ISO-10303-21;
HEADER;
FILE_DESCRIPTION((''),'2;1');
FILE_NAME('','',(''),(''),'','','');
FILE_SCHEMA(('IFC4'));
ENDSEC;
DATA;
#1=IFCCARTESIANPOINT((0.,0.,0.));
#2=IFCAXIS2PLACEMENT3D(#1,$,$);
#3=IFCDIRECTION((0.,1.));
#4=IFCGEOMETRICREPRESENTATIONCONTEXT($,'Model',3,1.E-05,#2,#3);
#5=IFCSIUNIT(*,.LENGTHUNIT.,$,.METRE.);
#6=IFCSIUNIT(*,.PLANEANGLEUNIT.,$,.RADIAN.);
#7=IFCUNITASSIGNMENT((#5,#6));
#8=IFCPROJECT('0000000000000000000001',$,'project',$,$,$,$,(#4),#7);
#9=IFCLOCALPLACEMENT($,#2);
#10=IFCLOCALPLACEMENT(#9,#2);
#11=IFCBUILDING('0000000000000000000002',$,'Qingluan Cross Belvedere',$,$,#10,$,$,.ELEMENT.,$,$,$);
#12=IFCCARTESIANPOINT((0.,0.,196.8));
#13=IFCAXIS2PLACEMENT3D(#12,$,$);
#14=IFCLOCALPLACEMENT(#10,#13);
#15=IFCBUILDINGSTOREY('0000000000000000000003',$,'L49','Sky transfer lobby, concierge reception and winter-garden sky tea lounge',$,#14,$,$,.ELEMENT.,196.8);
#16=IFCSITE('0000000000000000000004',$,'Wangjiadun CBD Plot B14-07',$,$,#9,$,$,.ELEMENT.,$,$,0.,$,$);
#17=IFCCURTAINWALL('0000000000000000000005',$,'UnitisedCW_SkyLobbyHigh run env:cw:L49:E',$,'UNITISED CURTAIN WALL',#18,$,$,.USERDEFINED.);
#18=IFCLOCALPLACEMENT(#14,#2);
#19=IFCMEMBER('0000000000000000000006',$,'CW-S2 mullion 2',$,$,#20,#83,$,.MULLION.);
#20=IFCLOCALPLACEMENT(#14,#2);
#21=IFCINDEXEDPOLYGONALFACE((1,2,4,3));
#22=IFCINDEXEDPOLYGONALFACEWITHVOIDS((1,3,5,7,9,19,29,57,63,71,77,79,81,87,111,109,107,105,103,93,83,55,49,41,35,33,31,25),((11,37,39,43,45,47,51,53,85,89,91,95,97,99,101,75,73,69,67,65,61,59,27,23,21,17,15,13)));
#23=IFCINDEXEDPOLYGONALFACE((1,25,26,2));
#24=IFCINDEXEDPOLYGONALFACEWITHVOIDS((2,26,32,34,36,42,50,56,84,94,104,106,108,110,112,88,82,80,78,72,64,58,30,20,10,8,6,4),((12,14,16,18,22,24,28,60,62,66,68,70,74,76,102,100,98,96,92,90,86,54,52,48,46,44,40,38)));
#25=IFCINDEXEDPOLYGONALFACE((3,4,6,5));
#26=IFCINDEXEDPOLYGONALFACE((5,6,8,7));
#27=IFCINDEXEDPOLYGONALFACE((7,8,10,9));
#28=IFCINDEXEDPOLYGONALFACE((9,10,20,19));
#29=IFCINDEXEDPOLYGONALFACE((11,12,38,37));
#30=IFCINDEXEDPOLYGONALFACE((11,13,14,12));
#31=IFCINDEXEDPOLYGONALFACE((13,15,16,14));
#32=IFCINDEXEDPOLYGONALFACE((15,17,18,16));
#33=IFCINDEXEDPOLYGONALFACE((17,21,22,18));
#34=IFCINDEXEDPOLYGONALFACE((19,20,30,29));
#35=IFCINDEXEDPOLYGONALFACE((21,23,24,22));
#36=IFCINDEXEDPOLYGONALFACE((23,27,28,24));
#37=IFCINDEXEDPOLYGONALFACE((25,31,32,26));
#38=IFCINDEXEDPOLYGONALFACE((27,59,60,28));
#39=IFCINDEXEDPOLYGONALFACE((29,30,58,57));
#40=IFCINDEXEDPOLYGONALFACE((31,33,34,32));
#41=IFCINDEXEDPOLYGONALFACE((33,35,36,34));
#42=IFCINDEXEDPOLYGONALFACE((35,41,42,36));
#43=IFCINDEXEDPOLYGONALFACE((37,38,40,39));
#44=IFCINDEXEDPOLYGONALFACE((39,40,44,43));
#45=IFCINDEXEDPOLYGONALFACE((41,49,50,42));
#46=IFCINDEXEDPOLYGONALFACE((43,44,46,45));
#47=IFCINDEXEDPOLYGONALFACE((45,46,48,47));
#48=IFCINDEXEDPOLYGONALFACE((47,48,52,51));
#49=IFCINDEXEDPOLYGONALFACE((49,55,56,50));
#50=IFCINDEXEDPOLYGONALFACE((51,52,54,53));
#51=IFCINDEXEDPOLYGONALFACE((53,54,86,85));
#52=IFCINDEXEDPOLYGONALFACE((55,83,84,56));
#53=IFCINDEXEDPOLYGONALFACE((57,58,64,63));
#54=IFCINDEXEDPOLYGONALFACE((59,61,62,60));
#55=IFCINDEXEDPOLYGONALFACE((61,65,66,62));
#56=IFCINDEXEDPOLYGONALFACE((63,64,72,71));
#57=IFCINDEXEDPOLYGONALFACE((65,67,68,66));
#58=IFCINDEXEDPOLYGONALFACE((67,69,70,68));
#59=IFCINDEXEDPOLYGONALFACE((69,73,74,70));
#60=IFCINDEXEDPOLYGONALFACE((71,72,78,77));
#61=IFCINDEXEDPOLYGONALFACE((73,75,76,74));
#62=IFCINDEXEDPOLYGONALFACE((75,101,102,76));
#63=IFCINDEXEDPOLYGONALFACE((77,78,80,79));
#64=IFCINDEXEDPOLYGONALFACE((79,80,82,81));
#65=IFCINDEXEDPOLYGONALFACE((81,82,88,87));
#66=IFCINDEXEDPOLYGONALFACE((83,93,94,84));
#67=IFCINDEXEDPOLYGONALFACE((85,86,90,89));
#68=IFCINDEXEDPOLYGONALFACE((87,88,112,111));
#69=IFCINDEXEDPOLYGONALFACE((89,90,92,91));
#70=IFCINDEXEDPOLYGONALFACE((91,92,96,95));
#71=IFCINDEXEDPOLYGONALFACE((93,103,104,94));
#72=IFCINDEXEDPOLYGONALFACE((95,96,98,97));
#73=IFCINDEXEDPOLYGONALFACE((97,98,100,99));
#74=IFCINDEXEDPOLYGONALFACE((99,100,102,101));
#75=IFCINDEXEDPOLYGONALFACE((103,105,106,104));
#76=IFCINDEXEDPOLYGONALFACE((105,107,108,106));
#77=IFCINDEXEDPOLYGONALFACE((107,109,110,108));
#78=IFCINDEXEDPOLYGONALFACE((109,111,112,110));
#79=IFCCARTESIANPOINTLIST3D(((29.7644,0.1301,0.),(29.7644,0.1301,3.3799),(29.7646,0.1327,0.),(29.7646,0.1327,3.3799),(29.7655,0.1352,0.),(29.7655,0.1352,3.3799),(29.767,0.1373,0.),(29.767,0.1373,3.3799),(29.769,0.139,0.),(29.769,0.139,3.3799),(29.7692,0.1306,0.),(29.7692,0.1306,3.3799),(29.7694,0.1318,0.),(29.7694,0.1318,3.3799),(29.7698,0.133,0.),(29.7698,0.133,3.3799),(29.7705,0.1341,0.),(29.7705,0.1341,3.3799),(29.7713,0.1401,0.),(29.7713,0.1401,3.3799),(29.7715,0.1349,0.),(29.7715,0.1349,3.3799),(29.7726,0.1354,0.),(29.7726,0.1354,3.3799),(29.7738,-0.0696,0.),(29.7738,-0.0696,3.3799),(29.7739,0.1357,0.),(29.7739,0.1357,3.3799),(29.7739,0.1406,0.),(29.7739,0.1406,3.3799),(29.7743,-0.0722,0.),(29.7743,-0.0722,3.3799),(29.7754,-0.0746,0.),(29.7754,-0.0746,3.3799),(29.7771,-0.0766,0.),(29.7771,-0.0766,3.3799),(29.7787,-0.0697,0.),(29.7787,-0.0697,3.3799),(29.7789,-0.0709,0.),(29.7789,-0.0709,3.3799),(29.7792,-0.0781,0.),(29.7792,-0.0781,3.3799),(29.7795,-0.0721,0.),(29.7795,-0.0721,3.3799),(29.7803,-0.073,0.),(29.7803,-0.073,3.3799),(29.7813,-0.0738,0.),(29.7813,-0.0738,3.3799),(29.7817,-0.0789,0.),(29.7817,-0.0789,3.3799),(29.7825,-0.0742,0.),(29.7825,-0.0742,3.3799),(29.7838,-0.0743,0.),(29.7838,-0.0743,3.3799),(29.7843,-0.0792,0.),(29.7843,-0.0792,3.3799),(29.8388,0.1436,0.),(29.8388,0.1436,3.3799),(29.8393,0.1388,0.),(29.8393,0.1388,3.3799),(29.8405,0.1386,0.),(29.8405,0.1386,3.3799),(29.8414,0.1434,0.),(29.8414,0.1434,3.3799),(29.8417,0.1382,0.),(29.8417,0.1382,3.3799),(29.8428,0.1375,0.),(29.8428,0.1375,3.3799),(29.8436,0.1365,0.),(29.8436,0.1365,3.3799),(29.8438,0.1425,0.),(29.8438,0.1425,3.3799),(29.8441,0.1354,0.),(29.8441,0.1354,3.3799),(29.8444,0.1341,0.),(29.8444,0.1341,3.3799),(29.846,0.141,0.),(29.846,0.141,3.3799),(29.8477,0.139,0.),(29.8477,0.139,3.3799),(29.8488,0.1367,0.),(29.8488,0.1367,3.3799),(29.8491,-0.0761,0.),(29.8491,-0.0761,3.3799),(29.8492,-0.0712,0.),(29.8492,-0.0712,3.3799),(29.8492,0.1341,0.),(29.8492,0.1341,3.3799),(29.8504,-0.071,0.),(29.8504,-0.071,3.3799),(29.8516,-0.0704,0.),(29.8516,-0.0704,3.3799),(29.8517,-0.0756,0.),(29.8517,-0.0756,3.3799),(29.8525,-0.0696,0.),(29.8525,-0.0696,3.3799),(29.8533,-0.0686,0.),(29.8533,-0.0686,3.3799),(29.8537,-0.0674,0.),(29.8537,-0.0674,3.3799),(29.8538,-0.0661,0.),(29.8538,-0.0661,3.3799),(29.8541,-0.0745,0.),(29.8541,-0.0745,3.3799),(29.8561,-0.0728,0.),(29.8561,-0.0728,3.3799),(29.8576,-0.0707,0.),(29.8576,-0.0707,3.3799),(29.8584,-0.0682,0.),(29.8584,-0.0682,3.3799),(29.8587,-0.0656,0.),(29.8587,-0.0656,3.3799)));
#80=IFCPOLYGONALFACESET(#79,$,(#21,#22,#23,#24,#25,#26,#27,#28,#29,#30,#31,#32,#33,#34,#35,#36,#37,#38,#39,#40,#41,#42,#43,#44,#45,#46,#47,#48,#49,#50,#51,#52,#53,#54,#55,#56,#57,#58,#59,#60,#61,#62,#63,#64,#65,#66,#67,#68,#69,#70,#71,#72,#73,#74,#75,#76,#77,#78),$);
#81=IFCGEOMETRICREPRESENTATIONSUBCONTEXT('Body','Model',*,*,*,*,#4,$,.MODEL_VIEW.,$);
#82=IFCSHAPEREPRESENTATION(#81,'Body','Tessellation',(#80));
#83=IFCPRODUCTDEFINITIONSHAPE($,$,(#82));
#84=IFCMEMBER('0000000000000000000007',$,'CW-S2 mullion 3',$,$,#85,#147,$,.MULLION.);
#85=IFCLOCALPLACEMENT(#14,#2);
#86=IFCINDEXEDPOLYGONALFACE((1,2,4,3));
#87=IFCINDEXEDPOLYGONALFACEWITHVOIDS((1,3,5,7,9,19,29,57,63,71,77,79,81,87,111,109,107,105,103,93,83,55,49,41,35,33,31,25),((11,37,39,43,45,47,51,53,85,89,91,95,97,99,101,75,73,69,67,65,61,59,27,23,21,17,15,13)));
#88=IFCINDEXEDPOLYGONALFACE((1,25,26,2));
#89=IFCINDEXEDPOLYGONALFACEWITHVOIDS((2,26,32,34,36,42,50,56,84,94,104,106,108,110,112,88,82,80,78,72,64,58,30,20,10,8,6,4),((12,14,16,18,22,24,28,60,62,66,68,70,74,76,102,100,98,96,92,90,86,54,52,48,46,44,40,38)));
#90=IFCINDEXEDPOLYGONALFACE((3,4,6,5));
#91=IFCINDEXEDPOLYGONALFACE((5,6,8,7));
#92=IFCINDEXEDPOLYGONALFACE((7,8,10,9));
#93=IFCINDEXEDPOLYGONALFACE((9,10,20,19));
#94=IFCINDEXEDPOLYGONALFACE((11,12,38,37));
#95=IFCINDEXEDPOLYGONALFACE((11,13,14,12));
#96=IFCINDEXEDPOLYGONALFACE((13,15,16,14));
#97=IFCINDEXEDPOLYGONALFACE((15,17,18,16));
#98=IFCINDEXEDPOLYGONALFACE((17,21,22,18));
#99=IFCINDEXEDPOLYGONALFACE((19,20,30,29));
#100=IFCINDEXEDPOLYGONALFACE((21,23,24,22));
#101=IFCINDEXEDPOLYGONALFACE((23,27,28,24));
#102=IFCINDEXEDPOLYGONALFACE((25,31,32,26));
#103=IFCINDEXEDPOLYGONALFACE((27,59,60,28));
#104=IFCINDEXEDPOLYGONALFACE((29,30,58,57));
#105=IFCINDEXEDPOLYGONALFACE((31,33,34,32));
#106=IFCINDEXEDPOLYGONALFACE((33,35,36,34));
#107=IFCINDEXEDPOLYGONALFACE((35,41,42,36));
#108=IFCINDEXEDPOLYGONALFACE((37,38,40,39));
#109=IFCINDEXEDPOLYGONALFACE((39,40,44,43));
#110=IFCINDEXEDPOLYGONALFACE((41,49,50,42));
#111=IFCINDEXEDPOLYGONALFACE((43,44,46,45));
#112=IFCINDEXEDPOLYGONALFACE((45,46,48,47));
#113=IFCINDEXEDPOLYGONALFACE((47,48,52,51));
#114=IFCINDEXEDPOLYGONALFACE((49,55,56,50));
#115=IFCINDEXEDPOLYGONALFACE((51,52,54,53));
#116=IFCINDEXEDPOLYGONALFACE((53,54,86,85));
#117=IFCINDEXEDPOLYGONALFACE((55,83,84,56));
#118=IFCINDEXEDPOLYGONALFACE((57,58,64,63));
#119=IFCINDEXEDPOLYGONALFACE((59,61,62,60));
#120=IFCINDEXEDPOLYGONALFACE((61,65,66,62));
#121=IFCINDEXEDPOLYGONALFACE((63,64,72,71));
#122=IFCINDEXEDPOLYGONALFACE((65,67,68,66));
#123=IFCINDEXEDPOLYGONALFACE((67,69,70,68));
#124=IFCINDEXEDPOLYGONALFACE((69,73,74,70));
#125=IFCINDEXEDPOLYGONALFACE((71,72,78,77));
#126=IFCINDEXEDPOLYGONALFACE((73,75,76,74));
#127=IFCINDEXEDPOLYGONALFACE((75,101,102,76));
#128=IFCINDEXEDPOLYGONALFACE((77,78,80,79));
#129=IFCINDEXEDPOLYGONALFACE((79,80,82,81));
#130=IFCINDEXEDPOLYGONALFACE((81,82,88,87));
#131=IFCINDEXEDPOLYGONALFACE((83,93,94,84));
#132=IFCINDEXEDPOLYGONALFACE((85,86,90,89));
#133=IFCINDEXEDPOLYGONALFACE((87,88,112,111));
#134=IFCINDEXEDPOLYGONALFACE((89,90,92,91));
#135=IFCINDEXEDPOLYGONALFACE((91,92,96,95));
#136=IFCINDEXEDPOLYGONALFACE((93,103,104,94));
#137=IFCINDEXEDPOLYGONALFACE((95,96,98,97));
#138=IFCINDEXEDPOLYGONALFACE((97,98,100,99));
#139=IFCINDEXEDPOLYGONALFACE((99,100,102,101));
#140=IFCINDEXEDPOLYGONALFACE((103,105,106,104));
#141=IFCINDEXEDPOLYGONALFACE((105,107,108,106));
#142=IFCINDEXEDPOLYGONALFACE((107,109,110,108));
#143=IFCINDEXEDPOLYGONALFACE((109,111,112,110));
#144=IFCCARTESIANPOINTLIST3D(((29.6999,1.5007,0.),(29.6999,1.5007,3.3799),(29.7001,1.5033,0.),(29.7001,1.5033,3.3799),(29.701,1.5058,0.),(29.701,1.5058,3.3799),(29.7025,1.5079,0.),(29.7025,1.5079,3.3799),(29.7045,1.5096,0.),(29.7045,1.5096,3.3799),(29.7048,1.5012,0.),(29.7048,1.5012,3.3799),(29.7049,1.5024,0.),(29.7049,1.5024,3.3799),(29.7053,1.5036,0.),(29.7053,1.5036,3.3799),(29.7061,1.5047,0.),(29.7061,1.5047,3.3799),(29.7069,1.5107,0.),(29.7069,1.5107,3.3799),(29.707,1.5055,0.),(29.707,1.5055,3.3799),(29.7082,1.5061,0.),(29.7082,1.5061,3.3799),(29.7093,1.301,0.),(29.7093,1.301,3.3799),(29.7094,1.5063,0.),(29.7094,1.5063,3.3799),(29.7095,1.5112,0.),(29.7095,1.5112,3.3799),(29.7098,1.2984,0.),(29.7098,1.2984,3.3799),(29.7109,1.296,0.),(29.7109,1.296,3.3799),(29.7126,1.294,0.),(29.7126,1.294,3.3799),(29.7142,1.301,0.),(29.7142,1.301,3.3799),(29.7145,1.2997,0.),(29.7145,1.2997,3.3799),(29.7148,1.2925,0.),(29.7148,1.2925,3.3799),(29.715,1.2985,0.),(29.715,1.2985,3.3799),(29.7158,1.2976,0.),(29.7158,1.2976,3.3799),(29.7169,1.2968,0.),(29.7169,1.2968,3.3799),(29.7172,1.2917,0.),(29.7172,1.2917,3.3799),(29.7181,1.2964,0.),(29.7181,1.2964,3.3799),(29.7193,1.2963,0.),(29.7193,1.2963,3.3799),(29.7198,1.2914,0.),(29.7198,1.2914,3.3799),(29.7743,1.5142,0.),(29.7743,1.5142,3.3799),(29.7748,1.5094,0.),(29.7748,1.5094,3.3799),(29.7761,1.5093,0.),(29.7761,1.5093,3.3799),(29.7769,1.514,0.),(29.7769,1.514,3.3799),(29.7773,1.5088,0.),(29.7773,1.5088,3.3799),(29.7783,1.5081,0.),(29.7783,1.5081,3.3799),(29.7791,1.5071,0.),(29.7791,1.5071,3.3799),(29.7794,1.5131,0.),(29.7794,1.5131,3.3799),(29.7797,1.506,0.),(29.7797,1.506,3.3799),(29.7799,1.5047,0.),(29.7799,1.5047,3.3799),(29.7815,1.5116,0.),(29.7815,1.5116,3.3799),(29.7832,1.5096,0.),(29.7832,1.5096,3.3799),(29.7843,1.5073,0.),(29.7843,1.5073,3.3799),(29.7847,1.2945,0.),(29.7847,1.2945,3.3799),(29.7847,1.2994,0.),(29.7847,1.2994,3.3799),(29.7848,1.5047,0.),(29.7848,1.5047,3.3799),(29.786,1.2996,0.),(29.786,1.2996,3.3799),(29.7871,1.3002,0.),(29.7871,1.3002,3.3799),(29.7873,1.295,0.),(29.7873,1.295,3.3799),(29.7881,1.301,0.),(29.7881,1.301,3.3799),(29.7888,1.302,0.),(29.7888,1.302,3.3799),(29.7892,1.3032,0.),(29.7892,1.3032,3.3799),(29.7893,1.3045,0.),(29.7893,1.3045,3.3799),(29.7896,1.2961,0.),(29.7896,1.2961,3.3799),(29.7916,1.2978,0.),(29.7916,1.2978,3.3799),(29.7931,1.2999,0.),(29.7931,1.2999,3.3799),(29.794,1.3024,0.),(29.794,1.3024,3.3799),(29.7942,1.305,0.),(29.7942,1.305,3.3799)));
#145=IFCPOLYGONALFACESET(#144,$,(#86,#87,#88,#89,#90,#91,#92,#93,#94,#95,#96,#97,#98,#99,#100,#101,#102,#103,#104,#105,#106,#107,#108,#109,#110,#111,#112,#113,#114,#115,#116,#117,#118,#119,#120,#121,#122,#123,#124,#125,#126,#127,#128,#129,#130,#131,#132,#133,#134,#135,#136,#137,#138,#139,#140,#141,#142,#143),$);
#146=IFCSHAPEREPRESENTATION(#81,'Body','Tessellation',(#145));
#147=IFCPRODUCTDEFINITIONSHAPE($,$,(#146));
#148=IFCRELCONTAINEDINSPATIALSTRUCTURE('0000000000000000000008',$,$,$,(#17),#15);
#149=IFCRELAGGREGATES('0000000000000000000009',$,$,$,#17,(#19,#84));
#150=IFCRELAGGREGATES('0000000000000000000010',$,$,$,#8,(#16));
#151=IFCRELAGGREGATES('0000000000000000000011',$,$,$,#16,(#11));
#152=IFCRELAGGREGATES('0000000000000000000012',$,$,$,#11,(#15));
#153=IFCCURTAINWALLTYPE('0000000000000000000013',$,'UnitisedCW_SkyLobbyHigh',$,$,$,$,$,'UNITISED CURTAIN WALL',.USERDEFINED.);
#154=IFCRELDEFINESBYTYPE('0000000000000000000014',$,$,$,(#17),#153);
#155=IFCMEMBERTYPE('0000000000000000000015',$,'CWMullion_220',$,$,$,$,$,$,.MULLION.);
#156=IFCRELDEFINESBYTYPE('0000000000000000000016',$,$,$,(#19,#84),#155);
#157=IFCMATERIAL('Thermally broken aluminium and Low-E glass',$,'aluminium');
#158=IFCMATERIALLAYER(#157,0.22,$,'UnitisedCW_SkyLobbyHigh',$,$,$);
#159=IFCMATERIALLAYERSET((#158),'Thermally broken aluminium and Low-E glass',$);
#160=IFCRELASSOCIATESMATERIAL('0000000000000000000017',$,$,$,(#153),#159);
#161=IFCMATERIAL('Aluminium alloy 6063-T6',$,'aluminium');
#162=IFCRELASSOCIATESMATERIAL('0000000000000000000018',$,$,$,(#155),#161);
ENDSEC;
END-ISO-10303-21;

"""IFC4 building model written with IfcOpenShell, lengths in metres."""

from ifc_helpers import new_model, si_unit, direction, frame, origin, origin_2d, place, context, subcontext, project, spatial, hollow_rectangle, extrude, material, layer, layer_set, material_profile, profile_set, type_object, element, aggregate, save


model = new_model("IFC4")

# Units and contexts
model_context = context("Model", 3, precision=1e-05, world=origin(), true_north=direction((0.0, 1.0)))
body_context = subcontext(model_context, "Body", "Model", "MODEL_VIEW")
ifc_project = project(units=[si_unit("LENGTHUNIT", "METRE"), si_unit("PLANEANGLEUNIT", "RADIAN")], contexts=[model_context])

# Site, building, storey
site_placement = place(None, origin())
site = spatial("IfcSite", under=ifc_project, at=site_placement, Name="Wangjiadun CBD Plot B14-07", CompositionType="ELEMENT", RefElevation=0.0)
building_placement = place(site_placement, origin())
building = spatial("IfcBuilding", under=site, at=building_placement, Name="Qingluan Cross Belvedere", CompositionType="ELEMENT")
storey_placement = place(building_placement, frame((0.0, 0.0, 196.8)))
storey = spatial("IfcBuildingStorey", under=building, at=storey_placement, Name="L49", Description="Sky transfer lobby, concierge reception and winter-garden sky tea lounge", CompositionType="ELEMENT", Elevation=196.8)

# Curtain wall, members
ifc_material_1 = material(Name="Thermally broken aluminium and Low-E glass", Category="aluminium")
ifc_layer_1 = layer(ifc_material_1, 0.22, Name="UnitisedCW_SkyLobbyHigh")
ifc_layer_set_1 = layer_set([ifc_layer_1], Name="Thermally broken aluminium and Low-E glass")
curtain_wall_type = type_object("IfcCurtainWallType", Name="UnitisedCW_SkyLobbyHigh", ElementType="UNITISED CURTAIN WALL", PredefinedType="USERDEFINED", material=ifc_layer_set_1)
curtain_wall_placement = place(storey_placement, origin())
curtain_wall = element("IfcCurtainWall", 1, at=curtain_wall_placement, inside=storey, type_object=curtain_wall_type, Name="UnitisedCW_SkyLobbyHigh run env:cw:L49:E", ObjectType="UNITISED CURTAIN WALL", PredefinedType="USERDEFINED")
ifc_material_2 = material(Name="Aluminium alloy 6063-T6", Category="aluminium")
ifc_material_profile_1 = material_profile(ifc_material_2, hollow_rectangle(XDim=0.085, YDim=0.22, WallThickness=0.0049, InnerFilletRadius=0.0049, OuterFilletRadius=0.01, at=origin_2d()), Name="CWM220x85x5")
ifc_profile_set_1 = profile_set([ifc_material_profile_1], Name="Aluminium alloy 6063-T6")
member_type_1 = type_object("IfcMemberType", Name="CWMullion_220", PredefinedType="MULLION", material=ifc_profile_set_1)
member_1_placement = place(storey_placement, frame((29.8115, 0.0322, 0.0), z_axis=(0.0, 0.0, 1.0), x_axis=(-0.99889, -0.047102, 0.0)))
member_1 = element("IfcMember", 2, at=member_1_placement, type_object=member_type_1, Name="CW-S2 mullion 2", PredefinedType="MULLION", context=body_context, shape_type="SweptSolid", body=[
    extrude(hollow_rectangle(XDim=0.085, YDim=0.22, WallThickness=0.0049, InnerFilletRadius=0.0049, OuterFilletRadius=0.01, at=origin_2d()), origin(), (0.0, 0.0, 1.0), 3.3799),
])
member_2_placement = place(storey_placement, frame((29.7471, 1.4028, 0.0), z_axis=(0.0, 0.0, 1.0), x_axis=(-0.99889, -0.047102, 0.0)))
member_2 = element("IfcMember", 3, at=member_2_placement, type_object=member_type_1, Name="CW-S2 mullion 3", PredefinedType="MULLION", context=body_context, shape_type="SweptSolid", body=[
    extrude(hollow_rectangle(XDim=0.085, YDim=0.22, WallThickness=0.0049, InnerFilletRadius=0.0049, OuterFilletRadius=0.01, at=origin_2d()), origin(), (0.0, 0.0, 1.0), 3.3799),
])
aggregate(curtain_wall, [member_1, member_2])

save(model, "model.ifc")
